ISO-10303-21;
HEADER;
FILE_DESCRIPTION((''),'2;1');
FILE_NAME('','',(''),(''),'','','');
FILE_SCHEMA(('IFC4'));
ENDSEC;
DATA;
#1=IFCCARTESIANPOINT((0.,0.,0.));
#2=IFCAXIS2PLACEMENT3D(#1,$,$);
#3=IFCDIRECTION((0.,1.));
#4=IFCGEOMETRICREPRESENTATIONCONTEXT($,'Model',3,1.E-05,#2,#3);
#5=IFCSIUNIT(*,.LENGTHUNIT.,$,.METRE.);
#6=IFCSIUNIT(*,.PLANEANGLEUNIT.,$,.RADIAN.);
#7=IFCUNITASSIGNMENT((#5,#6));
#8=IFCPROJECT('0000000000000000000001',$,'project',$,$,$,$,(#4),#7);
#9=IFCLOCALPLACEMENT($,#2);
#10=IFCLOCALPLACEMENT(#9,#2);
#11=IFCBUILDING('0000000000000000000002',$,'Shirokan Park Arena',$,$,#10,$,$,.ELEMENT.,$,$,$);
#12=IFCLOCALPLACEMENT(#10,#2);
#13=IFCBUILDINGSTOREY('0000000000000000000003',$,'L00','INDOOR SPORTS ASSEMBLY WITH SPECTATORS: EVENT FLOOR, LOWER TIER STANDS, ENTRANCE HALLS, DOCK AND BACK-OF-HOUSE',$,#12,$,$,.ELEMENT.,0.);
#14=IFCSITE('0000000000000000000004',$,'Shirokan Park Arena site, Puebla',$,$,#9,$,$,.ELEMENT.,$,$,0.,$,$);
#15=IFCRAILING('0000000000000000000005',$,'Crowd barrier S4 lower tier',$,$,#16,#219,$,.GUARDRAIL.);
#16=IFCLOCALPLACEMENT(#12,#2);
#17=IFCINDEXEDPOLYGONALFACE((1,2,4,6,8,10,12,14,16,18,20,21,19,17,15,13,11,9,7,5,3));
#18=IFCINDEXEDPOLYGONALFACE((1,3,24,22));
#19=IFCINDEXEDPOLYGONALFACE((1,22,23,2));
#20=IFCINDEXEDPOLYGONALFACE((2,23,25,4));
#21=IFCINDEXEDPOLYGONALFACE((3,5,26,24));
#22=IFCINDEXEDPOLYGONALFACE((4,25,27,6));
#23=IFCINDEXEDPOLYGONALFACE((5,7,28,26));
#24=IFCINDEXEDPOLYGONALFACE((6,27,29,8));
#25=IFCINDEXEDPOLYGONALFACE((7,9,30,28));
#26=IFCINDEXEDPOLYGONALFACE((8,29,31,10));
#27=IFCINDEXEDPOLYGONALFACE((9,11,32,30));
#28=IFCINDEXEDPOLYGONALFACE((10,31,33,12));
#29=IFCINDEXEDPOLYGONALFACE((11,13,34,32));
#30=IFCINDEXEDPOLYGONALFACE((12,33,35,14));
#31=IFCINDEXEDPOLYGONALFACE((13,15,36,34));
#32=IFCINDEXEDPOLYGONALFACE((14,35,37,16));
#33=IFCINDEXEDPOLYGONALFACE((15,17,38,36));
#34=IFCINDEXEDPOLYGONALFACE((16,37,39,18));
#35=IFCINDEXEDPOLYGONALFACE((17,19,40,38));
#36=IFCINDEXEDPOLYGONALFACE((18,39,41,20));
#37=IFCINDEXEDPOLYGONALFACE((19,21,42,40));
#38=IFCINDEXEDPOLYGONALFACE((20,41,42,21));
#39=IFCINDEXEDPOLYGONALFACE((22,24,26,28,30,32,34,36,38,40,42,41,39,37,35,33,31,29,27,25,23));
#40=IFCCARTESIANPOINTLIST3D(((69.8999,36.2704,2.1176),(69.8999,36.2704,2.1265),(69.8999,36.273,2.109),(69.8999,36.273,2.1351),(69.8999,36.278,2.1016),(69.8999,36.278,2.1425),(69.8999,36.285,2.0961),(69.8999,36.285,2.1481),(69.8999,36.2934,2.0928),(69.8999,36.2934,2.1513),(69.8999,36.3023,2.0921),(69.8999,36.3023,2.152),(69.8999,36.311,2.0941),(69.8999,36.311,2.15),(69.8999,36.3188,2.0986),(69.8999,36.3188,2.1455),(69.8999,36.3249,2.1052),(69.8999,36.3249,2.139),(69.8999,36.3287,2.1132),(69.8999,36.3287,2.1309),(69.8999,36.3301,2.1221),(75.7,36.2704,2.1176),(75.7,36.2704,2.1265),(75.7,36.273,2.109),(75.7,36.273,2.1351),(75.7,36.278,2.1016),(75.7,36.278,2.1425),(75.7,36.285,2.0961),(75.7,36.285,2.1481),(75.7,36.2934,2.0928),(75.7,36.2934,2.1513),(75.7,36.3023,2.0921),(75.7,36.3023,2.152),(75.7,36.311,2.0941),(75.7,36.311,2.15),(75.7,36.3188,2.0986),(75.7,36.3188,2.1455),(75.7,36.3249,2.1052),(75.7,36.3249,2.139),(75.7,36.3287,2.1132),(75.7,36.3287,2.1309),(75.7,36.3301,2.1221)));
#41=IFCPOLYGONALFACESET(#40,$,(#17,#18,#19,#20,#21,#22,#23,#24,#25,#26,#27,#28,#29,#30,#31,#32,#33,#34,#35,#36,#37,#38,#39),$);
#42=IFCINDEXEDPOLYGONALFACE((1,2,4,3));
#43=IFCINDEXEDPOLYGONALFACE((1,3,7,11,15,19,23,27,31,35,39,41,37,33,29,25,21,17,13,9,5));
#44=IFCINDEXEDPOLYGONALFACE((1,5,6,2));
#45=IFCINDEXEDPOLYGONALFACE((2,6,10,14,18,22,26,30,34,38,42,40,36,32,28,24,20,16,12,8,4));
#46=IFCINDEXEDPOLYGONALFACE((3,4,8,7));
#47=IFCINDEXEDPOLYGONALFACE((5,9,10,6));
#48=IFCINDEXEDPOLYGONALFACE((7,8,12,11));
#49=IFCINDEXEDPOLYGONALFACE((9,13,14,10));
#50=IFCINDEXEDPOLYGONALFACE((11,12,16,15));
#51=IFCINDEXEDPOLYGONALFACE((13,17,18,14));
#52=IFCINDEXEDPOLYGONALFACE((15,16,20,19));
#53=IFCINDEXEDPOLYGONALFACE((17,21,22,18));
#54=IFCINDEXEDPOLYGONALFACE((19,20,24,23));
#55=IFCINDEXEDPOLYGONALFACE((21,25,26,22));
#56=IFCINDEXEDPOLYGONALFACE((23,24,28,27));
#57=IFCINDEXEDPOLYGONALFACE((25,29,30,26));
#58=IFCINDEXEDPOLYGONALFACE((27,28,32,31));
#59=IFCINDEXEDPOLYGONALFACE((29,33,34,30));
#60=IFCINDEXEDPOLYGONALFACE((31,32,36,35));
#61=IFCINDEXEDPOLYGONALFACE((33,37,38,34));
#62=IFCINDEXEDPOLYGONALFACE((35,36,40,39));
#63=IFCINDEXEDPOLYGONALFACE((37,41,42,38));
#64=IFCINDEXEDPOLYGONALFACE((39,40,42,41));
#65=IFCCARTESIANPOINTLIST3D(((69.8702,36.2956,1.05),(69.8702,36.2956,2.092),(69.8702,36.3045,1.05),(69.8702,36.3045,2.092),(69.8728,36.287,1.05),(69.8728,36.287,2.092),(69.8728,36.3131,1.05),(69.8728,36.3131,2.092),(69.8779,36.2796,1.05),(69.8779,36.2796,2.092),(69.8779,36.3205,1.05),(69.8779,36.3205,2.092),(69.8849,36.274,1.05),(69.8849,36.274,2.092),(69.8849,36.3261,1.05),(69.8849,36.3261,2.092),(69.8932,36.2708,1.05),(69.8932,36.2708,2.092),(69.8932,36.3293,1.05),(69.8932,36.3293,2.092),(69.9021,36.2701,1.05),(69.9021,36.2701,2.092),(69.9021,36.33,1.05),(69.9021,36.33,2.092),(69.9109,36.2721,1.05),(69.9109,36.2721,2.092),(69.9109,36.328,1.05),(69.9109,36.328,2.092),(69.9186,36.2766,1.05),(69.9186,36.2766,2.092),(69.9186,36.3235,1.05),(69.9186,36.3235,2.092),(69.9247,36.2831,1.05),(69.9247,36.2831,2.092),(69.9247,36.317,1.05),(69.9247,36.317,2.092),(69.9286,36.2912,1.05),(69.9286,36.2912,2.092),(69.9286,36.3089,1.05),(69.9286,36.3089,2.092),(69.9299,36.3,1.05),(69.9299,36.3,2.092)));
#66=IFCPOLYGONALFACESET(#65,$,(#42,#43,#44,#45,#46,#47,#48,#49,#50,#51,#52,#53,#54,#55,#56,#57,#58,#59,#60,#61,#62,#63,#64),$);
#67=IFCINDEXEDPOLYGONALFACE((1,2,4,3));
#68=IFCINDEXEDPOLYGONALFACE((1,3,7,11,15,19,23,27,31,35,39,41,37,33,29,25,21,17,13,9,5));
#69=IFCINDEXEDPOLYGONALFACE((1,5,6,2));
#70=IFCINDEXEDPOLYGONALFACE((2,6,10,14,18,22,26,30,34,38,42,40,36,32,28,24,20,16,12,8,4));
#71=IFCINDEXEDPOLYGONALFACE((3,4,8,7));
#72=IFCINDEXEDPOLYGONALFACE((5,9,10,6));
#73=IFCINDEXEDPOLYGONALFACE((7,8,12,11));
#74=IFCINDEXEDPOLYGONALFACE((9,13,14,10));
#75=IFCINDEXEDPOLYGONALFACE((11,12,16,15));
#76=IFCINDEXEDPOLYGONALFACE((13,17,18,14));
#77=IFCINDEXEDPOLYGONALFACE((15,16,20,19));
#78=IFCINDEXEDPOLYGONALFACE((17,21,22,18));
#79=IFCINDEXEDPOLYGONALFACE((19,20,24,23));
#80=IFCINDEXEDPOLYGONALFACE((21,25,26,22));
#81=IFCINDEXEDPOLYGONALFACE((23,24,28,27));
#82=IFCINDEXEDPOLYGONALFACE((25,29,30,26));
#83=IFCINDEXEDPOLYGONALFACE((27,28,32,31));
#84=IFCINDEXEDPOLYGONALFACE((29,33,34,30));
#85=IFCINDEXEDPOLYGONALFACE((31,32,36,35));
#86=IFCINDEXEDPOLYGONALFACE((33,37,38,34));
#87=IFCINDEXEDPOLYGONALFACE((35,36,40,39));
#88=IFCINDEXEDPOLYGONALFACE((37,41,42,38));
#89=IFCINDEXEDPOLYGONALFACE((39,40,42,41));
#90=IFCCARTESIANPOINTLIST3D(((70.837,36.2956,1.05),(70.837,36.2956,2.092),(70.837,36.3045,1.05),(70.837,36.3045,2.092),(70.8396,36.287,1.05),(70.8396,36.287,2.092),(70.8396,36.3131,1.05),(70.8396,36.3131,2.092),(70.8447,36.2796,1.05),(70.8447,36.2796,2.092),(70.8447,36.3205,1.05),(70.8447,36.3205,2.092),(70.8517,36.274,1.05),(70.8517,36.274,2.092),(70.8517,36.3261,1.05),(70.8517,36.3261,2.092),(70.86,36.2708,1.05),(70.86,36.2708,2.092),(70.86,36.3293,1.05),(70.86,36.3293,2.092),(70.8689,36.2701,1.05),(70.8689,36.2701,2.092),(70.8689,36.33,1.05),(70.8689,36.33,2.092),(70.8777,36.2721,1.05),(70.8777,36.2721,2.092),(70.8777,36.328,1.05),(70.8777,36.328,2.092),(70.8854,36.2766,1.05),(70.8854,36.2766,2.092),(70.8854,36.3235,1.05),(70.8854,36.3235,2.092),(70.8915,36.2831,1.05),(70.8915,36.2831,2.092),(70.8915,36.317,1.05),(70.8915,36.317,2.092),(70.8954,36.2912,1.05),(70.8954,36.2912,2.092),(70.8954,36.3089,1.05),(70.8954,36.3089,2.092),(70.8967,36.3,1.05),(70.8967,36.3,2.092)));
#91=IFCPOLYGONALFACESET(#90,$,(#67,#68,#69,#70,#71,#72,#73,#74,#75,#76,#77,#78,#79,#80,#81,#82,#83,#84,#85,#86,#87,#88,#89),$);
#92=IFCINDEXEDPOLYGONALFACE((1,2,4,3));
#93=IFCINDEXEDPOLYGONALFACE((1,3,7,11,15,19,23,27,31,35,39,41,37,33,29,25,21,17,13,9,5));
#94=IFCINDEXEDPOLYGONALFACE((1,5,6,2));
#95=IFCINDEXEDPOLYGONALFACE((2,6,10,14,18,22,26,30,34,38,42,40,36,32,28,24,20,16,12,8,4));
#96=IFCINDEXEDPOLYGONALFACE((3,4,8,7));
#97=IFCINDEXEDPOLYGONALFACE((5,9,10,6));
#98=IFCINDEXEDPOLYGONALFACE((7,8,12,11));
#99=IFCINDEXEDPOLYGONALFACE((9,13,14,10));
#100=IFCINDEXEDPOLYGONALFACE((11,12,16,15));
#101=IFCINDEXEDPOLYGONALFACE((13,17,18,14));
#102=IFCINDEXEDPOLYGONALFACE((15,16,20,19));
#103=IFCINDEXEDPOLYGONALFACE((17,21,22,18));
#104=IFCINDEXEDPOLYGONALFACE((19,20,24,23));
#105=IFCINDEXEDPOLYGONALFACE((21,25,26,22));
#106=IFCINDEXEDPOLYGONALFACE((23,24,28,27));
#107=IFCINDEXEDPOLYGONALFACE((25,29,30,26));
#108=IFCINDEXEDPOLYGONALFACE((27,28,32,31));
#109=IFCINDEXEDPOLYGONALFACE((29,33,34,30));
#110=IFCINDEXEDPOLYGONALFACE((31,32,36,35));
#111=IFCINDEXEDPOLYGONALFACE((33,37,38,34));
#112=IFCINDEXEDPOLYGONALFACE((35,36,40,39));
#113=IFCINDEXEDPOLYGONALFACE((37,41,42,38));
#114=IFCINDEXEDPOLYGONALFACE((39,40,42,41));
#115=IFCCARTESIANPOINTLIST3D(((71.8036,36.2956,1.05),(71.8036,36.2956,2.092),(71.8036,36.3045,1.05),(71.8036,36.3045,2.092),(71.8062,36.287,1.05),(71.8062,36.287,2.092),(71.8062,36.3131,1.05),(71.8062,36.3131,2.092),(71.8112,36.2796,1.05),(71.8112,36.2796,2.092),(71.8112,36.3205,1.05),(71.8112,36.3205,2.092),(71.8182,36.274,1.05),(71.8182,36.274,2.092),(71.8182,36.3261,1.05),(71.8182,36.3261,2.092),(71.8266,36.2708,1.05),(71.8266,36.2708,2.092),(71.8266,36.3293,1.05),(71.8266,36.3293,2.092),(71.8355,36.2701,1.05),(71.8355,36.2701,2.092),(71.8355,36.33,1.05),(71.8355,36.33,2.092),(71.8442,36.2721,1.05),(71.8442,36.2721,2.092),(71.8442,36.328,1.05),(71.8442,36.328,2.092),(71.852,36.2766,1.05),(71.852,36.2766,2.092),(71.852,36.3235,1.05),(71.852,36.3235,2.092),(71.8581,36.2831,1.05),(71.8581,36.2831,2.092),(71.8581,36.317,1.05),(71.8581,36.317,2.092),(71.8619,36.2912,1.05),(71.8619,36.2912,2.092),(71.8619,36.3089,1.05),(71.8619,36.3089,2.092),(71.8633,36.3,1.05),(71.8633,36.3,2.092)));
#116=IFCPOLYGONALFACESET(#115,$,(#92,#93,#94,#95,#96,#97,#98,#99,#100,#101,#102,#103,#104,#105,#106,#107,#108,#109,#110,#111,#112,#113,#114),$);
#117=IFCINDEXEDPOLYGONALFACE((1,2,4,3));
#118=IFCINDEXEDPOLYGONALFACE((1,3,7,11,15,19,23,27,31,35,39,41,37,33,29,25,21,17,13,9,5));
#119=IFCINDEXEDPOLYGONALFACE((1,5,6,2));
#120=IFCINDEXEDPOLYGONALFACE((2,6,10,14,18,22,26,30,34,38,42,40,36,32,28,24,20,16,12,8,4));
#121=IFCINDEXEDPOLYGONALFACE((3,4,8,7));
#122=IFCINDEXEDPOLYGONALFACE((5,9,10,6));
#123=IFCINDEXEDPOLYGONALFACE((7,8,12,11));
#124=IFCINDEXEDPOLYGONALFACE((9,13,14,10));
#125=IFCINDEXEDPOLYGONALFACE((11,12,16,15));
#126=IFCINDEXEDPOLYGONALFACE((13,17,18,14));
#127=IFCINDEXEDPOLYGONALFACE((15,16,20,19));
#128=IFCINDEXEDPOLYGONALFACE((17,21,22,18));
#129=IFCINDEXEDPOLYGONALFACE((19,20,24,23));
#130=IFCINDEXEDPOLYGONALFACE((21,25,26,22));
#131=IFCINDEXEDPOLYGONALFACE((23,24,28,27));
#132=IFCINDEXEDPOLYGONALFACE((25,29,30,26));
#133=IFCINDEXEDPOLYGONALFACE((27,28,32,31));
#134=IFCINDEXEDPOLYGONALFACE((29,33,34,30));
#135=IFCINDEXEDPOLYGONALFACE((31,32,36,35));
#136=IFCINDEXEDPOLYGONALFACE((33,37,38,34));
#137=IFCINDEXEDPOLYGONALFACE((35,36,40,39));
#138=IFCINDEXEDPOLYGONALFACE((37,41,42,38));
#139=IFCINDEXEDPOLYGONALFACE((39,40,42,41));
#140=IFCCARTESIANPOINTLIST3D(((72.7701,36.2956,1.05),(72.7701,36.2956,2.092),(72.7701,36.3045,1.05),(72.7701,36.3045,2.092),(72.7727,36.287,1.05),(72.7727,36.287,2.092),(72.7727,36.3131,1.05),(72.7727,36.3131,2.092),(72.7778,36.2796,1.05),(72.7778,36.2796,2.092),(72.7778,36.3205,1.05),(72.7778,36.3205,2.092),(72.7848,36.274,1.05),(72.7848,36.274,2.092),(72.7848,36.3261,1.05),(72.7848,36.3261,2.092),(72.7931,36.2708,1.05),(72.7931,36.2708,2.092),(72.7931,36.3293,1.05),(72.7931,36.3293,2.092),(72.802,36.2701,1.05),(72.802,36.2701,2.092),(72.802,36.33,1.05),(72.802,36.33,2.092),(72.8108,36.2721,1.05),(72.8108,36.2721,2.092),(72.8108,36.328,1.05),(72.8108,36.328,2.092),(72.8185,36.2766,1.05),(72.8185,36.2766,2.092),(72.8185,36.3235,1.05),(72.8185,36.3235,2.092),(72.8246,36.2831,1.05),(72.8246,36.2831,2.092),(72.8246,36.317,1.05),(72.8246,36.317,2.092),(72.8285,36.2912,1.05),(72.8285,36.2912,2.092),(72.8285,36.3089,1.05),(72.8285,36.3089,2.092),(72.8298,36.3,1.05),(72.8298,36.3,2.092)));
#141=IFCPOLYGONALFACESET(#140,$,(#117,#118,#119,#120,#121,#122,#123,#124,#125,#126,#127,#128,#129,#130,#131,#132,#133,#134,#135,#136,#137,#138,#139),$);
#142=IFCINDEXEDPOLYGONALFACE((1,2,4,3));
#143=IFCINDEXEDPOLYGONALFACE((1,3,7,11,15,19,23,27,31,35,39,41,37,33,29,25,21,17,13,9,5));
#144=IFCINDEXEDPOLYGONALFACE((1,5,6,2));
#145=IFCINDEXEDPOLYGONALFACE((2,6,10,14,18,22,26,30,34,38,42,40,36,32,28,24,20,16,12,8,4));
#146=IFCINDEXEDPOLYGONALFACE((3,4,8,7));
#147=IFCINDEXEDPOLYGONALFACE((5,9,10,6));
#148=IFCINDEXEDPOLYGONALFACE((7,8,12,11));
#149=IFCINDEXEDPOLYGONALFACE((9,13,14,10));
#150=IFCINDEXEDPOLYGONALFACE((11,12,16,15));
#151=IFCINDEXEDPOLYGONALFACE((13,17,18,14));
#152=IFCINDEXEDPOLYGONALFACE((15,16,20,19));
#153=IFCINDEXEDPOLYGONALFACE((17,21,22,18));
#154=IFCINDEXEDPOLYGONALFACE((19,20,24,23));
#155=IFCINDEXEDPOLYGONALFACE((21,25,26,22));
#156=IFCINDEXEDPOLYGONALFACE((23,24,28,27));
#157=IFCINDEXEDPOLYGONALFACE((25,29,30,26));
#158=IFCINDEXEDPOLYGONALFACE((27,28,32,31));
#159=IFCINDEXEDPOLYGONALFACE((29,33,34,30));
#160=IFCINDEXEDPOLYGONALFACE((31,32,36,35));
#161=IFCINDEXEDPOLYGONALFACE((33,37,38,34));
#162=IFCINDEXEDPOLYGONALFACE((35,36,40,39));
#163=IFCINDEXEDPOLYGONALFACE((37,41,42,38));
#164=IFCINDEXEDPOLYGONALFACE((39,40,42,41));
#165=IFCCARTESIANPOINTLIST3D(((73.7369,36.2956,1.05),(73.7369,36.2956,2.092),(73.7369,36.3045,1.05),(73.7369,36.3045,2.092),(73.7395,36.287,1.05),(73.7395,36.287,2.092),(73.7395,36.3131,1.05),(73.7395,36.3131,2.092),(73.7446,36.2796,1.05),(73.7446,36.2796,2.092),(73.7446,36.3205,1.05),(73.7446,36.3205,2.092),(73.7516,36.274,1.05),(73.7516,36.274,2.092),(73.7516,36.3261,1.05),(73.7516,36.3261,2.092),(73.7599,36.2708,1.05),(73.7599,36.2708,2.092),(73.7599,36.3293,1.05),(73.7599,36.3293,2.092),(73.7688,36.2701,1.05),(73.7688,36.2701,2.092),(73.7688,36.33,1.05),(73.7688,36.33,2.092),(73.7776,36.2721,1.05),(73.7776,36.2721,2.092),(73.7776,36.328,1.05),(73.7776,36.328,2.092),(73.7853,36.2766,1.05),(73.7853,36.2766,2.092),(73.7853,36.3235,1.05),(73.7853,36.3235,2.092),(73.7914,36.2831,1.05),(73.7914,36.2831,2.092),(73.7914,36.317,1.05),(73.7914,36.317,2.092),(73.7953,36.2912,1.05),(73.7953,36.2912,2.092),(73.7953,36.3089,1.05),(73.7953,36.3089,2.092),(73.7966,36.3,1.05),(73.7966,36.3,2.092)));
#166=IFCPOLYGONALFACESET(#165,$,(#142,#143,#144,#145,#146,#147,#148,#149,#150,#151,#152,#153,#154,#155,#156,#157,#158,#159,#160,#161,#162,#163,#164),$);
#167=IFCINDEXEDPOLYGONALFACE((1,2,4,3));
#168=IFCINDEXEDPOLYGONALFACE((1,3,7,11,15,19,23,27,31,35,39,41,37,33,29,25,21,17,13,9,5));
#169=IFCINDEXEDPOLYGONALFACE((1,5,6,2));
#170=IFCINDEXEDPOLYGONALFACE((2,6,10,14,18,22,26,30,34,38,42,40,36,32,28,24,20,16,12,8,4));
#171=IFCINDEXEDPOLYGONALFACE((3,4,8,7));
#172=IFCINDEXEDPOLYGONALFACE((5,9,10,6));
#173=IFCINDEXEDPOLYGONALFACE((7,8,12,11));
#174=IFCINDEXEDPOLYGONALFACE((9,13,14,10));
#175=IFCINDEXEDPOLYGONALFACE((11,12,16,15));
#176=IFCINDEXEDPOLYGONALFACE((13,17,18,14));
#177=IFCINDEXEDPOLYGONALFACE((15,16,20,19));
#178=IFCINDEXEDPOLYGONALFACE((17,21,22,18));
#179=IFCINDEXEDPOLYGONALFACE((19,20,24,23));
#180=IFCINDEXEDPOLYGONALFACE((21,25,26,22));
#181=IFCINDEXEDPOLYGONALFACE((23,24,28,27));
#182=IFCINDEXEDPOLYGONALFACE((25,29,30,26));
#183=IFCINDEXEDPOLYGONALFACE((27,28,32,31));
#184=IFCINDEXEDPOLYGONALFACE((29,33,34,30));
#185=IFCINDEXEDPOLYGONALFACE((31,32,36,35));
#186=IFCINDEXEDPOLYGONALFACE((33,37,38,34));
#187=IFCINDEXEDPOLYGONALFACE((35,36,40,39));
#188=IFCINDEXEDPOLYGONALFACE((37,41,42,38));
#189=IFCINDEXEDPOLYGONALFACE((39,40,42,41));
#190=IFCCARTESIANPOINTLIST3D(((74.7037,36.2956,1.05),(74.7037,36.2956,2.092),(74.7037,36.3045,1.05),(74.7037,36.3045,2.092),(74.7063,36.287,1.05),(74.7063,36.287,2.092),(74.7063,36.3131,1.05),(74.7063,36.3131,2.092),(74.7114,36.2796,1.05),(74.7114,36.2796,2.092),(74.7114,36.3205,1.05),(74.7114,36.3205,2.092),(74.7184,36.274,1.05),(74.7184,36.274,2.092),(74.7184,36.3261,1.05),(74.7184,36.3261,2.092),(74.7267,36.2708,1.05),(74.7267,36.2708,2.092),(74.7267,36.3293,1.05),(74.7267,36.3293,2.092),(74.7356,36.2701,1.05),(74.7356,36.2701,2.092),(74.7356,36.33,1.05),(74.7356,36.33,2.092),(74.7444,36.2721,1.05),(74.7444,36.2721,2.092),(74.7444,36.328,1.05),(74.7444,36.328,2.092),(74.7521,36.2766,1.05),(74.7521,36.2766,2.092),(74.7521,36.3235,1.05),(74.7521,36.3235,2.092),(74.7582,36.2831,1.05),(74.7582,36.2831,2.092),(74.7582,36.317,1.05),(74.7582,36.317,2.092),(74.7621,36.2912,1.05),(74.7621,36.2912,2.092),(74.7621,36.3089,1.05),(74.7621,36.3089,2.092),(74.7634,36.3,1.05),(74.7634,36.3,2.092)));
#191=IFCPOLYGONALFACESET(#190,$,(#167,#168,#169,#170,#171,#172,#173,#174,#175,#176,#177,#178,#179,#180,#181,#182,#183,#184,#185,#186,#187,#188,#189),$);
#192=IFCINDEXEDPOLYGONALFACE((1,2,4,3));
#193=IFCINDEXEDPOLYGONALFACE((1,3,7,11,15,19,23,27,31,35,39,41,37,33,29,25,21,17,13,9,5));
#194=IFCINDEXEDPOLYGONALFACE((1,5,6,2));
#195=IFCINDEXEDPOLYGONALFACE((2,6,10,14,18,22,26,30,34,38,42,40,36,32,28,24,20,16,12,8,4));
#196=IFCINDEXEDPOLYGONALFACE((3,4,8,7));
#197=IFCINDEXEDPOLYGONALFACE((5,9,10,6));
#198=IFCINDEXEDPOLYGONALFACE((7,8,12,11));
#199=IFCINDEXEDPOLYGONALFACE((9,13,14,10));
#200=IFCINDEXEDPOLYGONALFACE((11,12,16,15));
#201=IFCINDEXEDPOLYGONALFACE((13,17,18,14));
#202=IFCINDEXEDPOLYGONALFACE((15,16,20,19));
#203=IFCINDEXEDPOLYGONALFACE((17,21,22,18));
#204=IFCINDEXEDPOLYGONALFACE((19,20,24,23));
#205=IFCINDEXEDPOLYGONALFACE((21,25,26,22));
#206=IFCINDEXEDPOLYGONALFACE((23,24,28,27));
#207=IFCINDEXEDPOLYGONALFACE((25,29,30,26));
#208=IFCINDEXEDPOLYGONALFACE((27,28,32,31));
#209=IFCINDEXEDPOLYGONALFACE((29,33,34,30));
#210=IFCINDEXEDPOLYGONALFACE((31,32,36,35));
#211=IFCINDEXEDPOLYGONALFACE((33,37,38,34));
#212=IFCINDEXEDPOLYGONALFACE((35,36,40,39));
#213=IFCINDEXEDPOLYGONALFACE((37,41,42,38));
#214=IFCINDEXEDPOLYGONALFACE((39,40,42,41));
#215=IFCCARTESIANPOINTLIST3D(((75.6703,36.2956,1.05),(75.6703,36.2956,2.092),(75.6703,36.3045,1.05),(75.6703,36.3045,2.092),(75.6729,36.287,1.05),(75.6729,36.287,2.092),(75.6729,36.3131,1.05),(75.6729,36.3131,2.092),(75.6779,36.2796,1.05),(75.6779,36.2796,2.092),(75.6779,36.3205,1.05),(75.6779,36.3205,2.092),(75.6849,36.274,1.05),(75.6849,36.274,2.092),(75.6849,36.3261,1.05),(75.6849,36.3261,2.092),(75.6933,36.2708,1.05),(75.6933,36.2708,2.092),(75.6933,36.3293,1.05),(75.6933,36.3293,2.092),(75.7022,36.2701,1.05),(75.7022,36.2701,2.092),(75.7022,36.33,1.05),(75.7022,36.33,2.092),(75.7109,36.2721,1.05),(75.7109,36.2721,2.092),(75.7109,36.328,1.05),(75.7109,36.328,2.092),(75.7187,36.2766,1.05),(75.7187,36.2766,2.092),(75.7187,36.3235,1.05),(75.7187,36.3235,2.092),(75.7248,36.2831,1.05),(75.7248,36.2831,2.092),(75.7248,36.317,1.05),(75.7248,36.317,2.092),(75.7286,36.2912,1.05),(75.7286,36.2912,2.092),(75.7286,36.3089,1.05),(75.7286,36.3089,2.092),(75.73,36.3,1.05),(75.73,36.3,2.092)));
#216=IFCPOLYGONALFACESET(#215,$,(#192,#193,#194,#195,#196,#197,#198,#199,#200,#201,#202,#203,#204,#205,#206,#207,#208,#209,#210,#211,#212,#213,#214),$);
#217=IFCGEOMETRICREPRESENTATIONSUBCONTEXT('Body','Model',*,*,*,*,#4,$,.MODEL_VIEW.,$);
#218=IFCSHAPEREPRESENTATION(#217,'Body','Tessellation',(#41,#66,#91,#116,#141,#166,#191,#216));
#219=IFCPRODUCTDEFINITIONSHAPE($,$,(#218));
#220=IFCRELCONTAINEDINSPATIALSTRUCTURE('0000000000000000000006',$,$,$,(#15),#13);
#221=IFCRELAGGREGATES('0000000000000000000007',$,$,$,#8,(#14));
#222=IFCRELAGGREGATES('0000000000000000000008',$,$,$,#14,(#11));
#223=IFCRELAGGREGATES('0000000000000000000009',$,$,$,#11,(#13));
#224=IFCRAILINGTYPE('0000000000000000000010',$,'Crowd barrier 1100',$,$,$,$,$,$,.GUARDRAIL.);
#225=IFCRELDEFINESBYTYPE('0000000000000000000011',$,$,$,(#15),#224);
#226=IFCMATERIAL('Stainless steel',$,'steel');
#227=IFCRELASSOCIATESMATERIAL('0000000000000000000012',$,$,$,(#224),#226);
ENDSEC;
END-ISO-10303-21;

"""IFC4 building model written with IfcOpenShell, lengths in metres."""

from ifc_helpers import new_model, si_unit, direction, frame, origin, origin_2d, place, context, subcontext, project, spatial, circle, extrude, material, type_object, element, save


model = new_model("IFC4")

# Units and contexts
model_context = context("Model", 3, precision=1e-05, world=origin(), true_north=direction((0.0, 1.0)))
body_context = subcontext(model_context, "Body", "Model", "MODEL_VIEW")
ifc_project = project(units=[si_unit("LENGTHUNIT", "METRE"), si_unit("PLANEANGLEUNIT", "RADIAN")], contexts=[model_context])

# Site, building, storey
site_placement = place(None, origin())
site = spatial("IfcSite", under=ifc_project, at=site_placement, Name="Shirokan Park Arena site, Puebla", CompositionType="ELEMENT", RefElevation=0.0)
building_placement = place(site_placement, origin())
building = spatial("IfcBuilding", under=site, at=building_placement, Name="Shirokan Park Arena", CompositionType="ELEMENT")
storey_placement = place(building_placement, origin())
storey = spatial("IfcBuildingStorey", under=building, at=storey_placement, Name="L00", Description="INDOOR SPORTS ASSEMBLY WITH SPECTATORS: EVENT FLOOR, LOWER TIER STANDS, ENTRANCE HALLS, DOCK AND BACK-OF-HOUSE", CompositionType="ELEMENT", Elevation=0.0)

# Railing
ifc_material_1 = material(Name="Stainless steel", Category="steel")
railing_type_1 = type_object("IfcRailingType", Name="Crowd barrier 1100", PredefinedType="GUARDRAIL", material=ifc_material_1)
for number, where, name in (
    (1, (69.8999, 36.3, 1.05), "Crowd barrier S4 lower tier"),
):
    element("IfcRailing", number, at=place(storey_placement, frame(where)), inside=storey, type_object=railing_type_1, Name=name, PredefinedType="GUARDRAIL", context=body_context, shape_type="SweptSolid", body=[
        extrude(circle(Radius=0.03, at=origin_2d()), frame((0.0, 0.0, 1.072), z_axis=(1.0, 0.0, 0.0), x_axis=(0.0, 1.0, 0.0)), (0.0, 0.0, 1.0), 5.8),
        extrude(circle(Radius=0.03, at=origin_2d()), origin(), (0.0, 0.0, 1.0), 1.042),
        extrude(circle(Radius=0.03, at=origin_2d()), frame((0.9668, 0.0, 0.0)), (0.0, 0.0, 1.0), 1.042),
        extrude(circle(Radius=0.03, at=origin_2d()), frame((1.9333, 0.0, 0.0)), (0.0, 0.0, 1.0), 1.042),
        extrude(circle(Radius=0.03, at=origin_2d()), frame((2.8999, 0.0, 0.0)), (0.0, 0.0, 1.0), 1.042),
        extrude(circle(Radius=0.03, at=origin_2d()), frame((3.8667, 0.0, 0.0)), (0.0, 0.0, 1.0), 1.042),
        extrude(circle(Radius=0.03, at=origin_2d()), frame((4.8335, 0.0, 0.0)), (0.0, 0.0, 1.0), 1.042),
        extrude(circle(Radius=0.03, at=origin_2d()), frame((5.8, 0.0, 0.0)), (0.0, 0.0, 1.0), 1.042),
    ])

save(model, "model.ifc")
